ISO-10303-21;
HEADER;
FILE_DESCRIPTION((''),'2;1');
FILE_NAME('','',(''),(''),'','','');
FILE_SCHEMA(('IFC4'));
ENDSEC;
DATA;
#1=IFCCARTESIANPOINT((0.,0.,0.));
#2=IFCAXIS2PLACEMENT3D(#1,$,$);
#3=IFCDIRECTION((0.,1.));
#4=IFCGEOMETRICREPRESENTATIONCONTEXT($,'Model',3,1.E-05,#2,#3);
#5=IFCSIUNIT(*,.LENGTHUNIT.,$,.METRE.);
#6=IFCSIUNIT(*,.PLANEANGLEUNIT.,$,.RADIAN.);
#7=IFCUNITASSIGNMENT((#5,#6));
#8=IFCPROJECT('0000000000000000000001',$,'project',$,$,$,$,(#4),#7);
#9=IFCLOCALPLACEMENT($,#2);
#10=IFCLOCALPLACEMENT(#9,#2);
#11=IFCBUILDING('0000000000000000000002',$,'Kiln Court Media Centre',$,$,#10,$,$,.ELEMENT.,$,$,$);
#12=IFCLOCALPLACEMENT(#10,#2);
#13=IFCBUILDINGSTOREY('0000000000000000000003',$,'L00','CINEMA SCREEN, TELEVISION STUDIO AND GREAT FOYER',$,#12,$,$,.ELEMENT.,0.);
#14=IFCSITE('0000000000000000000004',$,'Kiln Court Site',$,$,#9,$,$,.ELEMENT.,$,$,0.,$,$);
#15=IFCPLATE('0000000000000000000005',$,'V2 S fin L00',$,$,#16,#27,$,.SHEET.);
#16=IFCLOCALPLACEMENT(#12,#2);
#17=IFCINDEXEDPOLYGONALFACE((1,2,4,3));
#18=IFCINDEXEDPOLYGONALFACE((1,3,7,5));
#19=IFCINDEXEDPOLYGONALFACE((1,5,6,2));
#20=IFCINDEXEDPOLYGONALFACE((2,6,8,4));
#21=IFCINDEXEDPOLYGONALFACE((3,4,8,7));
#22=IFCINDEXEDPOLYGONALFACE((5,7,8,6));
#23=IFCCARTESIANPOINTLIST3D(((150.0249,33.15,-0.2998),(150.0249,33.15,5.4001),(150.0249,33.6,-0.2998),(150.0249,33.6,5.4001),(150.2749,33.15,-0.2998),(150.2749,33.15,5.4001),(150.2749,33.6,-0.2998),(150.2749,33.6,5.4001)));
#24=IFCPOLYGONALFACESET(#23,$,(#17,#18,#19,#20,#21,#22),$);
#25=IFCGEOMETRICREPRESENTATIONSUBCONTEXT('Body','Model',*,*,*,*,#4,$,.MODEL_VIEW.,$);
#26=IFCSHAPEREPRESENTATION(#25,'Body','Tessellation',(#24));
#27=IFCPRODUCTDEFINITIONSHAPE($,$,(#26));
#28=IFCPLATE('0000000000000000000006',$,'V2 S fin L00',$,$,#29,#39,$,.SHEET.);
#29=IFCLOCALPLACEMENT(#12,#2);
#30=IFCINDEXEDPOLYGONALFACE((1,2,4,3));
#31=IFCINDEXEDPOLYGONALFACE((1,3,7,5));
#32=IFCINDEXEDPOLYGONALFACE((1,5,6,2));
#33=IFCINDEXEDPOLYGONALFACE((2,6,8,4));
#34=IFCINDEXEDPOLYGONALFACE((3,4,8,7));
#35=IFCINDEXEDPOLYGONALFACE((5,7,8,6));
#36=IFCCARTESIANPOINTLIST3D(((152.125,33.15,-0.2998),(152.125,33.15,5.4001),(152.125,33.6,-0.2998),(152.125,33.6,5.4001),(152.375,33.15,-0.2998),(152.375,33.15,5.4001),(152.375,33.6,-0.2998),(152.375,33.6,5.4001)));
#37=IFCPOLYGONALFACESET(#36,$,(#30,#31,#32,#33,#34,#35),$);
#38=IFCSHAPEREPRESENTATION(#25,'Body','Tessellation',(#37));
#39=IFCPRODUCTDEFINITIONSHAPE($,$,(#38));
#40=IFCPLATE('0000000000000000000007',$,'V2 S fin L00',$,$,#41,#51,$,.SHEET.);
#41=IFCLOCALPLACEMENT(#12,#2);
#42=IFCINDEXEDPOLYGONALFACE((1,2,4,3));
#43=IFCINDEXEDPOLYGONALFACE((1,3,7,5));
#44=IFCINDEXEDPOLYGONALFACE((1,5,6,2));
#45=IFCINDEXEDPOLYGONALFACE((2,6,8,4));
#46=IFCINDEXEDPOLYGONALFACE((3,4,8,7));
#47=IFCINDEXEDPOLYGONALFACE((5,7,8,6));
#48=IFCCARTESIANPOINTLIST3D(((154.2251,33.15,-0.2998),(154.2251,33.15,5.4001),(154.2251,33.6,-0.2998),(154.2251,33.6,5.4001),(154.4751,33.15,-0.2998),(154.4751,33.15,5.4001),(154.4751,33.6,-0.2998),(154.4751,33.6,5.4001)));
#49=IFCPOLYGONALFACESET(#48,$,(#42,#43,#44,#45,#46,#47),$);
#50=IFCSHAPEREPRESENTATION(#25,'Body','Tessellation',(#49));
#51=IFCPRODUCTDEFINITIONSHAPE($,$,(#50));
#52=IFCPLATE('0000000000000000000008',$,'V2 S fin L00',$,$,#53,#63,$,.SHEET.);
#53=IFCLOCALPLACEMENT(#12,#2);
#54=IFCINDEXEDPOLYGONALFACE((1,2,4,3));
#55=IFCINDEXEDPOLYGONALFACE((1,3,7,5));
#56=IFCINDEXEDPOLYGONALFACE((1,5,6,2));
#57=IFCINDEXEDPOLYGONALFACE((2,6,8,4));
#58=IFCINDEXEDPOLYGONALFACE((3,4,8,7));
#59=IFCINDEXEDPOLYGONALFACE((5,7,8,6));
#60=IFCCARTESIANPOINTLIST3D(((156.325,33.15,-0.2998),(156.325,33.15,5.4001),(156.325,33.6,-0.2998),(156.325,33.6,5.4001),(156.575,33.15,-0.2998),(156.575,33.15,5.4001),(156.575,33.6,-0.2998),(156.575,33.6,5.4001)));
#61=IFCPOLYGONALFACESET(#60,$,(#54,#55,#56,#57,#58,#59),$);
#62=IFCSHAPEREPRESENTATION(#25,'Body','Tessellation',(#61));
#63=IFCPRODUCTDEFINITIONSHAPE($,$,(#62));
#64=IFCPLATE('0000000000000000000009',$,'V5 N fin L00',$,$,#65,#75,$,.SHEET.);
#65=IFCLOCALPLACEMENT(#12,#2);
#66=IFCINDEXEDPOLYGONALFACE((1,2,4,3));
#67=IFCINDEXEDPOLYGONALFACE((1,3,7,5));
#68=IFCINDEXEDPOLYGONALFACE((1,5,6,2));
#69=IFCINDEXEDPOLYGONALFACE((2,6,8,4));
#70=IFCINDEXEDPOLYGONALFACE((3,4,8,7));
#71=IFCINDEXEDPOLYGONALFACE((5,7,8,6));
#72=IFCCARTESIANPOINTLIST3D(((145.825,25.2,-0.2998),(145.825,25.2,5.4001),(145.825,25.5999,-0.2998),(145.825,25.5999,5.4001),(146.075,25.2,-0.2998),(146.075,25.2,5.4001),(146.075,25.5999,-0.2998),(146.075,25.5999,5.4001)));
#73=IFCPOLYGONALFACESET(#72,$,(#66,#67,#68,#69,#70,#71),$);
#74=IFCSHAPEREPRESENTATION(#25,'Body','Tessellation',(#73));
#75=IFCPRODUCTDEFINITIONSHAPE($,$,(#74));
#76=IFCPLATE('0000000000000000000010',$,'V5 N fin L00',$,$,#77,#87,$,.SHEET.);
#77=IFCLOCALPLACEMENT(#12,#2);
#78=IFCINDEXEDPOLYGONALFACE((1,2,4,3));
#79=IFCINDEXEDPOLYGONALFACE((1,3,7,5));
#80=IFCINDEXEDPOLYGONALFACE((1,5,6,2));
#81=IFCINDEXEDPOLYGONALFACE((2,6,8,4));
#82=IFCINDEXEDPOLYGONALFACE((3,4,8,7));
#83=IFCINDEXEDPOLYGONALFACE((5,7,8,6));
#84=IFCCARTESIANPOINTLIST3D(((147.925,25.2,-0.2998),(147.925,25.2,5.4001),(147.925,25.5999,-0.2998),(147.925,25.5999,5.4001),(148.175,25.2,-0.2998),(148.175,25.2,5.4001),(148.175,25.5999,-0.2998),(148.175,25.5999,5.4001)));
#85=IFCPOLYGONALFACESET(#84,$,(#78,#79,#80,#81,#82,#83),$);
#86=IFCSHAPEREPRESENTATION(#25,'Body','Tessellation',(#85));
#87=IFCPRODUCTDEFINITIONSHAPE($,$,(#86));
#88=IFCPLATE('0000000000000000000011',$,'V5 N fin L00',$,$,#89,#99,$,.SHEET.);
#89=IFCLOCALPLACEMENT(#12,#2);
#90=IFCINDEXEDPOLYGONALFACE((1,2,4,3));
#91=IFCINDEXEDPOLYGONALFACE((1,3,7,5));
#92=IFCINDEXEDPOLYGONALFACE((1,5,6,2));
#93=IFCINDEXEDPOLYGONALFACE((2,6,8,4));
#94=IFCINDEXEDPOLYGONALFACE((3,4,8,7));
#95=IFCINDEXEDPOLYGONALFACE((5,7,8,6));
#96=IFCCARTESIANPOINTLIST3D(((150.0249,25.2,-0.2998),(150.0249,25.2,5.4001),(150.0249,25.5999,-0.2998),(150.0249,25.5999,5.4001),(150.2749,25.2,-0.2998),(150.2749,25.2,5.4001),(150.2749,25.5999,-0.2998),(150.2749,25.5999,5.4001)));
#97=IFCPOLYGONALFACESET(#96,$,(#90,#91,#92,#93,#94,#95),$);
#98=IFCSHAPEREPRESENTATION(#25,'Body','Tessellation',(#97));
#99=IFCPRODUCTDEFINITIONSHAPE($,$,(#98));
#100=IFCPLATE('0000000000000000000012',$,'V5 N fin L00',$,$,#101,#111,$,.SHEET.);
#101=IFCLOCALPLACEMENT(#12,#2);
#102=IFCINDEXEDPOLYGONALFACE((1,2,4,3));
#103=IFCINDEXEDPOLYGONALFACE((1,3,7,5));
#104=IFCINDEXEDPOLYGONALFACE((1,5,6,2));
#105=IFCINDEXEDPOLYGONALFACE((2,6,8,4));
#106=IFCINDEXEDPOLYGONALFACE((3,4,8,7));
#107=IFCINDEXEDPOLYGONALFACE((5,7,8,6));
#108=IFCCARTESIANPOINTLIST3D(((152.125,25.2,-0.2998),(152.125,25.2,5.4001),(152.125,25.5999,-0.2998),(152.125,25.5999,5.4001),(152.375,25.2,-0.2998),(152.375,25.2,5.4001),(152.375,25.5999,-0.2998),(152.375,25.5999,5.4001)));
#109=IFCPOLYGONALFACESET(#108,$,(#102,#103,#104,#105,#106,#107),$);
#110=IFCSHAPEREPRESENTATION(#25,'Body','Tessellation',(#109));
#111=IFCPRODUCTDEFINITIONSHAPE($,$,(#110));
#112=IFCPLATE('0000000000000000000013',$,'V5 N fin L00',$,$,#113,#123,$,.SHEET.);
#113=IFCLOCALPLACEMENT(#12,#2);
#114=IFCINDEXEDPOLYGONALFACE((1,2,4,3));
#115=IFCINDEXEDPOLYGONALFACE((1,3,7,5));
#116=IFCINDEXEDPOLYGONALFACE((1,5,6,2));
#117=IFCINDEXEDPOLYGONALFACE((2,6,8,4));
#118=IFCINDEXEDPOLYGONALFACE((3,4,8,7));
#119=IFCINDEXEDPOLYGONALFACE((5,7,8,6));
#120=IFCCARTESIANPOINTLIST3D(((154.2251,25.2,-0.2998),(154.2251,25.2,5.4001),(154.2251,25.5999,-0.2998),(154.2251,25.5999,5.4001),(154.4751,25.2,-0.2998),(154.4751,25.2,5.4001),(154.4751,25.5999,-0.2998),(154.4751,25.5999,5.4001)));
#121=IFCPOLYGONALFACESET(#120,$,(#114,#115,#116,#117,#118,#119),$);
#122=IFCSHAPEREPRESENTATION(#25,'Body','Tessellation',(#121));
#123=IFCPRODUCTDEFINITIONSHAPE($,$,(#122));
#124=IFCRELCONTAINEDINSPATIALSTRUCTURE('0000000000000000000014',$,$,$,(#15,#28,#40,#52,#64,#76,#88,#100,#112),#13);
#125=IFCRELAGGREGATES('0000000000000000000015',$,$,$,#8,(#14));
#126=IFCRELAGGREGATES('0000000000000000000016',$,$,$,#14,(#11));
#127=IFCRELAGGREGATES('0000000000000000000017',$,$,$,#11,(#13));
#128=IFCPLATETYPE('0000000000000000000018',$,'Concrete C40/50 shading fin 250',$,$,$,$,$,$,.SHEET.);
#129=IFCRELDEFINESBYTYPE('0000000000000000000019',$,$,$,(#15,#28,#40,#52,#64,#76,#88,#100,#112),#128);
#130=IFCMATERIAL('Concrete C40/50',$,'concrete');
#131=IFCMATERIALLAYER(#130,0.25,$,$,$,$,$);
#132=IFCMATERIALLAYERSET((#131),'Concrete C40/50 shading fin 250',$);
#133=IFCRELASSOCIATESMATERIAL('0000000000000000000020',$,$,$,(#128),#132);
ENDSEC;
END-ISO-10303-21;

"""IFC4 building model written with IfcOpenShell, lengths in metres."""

from ifc_helpers import new_model, si_unit, direction, frame, origin, origin_2d, place, context, subcontext, project, spatial, rectangle, extrude, material, layer, layer_set, type_object, element, save


model = new_model("IFC4")

# Units and contexts
model_context = context("Model", 3, precision=1e-05, world=origin(), true_north=direction((0.0, 1.0)))
body_context = subcontext(model_context, "Body", "Model", "MODEL_VIEW")
ifc_project = project(units=[si_unit("LENGTHUNIT", "METRE"), si_unit("PLANEANGLEUNIT", "RADIAN")], contexts=[model_context])

# Site, building, storey
site_placement = place(None, origin())
site = spatial("IfcSite", under=ifc_project, at=site_placement, Name="Kiln Court Site", CompositionType="ELEMENT", RefElevation=0.0)
building_placement = place(site_placement, origin())
building = spatial("IfcBuilding", under=site, at=building_placement, Name="Kiln Court Media Centre", CompositionType="ELEMENT")
storey_placement = place(building_placement, origin())
storey = spatial("IfcBuildingStorey", under=building, at=storey_placement, Name="L00", Description="CINEMA SCREEN, TELEVISION STUDIO AND GREAT FOYER", CompositionType="ELEMENT", Elevation=0.0)

# Plates
ifc_material_1 = material(Name="Concrete C40/50", Category="concrete")
ifc_layer = layer(ifc_material_1, 0.25)
ifc_layer_set = layer_set([ifc_layer], Name="Concrete C40/50 shading fin 250")
plate_type = type_object("IfcPlateType", Name="Concrete C40/50 shading fin 250", PredefinedType="SHEET", material=ifc_layer_set)
for number, where, z_axis, x_axis, name in (
    (1, (150.1499, 33.375, -0.2998), (0.0, 0.0, 1.0), (1.0, 0.0, 0.0), "V2 S fin L00"),
    (2, (152.25, 33.375, -0.2998), (0.0, 0.0, 1.0), (1.0, 0.0, 0.0), "V2 S fin L00"),
    (3, (154.3501, 33.375, -0.2998), (0.0, 0.0, 1.0), (1.0, 0.0, 0.0), "V2 S fin L00"),
    (4, (156.45, 33.375, -0.2998), (0.0, 0.0, 1.0), (1.0, 0.0, 0.0), "V2 S fin L00"),
):
    element("IfcPlate", number, at=place(storey_placement, frame(where, z_axis=z_axis, x_axis=x_axis)), inside=storey, type_object=plate_type, Name=name, PredefinedType="SHEET", context=body_context, shape_type="SweptSolid", body=[
        extrude(rectangle(XDim=0.25, YDim=0.45, at=origin_2d()), origin(), (0.0, 0.0, 1.0), 5.7),
    ])
for number, where, z_axis, x_axis, name in (
    (5, (145.95, 25.3999, -0.2998), (0.0, 0.0, 1.0), (1.0, 0.0, 0.0), "V5 N fin L00"),
    (6, (148.05, 25.3999, -0.2998), (0.0, 0.0, 1.0), (1.0, 0.0, 0.0), "V5 N fin L00"),
    (7, (150.1499, 25.3999, -0.2998), (0.0, 0.0, 1.0), (1.0, 0.0, 0.0), "V5 N fin L00"),
    (8, (152.25, 25.3999, -0.2998), (0.0, 0.0, 1.0), (1.0, 0.0, 0.0), "V5 N fin L00"),
    (9, (154.3501, 25.3999, -0.2998), (0.0, 0.0, 1.0), (1.0, 0.0, 0.0), "V5 N fin L00"),
):
    element("IfcPlate", number, at=place(storey_placement, frame(where, z_axis=z_axis, x_axis=x_axis)), inside=storey, type_object=plate_type, Name=name, PredefinedType="SHEET", context=body_context, shape_type="SweptSolid", body=[
        extrude(rectangle(XDim=0.25, YDim=0.3999, at=origin_2d()), origin(), (0.0, 0.0, 1.0), 5.7),
    ])

save(model, "model.ifc")
